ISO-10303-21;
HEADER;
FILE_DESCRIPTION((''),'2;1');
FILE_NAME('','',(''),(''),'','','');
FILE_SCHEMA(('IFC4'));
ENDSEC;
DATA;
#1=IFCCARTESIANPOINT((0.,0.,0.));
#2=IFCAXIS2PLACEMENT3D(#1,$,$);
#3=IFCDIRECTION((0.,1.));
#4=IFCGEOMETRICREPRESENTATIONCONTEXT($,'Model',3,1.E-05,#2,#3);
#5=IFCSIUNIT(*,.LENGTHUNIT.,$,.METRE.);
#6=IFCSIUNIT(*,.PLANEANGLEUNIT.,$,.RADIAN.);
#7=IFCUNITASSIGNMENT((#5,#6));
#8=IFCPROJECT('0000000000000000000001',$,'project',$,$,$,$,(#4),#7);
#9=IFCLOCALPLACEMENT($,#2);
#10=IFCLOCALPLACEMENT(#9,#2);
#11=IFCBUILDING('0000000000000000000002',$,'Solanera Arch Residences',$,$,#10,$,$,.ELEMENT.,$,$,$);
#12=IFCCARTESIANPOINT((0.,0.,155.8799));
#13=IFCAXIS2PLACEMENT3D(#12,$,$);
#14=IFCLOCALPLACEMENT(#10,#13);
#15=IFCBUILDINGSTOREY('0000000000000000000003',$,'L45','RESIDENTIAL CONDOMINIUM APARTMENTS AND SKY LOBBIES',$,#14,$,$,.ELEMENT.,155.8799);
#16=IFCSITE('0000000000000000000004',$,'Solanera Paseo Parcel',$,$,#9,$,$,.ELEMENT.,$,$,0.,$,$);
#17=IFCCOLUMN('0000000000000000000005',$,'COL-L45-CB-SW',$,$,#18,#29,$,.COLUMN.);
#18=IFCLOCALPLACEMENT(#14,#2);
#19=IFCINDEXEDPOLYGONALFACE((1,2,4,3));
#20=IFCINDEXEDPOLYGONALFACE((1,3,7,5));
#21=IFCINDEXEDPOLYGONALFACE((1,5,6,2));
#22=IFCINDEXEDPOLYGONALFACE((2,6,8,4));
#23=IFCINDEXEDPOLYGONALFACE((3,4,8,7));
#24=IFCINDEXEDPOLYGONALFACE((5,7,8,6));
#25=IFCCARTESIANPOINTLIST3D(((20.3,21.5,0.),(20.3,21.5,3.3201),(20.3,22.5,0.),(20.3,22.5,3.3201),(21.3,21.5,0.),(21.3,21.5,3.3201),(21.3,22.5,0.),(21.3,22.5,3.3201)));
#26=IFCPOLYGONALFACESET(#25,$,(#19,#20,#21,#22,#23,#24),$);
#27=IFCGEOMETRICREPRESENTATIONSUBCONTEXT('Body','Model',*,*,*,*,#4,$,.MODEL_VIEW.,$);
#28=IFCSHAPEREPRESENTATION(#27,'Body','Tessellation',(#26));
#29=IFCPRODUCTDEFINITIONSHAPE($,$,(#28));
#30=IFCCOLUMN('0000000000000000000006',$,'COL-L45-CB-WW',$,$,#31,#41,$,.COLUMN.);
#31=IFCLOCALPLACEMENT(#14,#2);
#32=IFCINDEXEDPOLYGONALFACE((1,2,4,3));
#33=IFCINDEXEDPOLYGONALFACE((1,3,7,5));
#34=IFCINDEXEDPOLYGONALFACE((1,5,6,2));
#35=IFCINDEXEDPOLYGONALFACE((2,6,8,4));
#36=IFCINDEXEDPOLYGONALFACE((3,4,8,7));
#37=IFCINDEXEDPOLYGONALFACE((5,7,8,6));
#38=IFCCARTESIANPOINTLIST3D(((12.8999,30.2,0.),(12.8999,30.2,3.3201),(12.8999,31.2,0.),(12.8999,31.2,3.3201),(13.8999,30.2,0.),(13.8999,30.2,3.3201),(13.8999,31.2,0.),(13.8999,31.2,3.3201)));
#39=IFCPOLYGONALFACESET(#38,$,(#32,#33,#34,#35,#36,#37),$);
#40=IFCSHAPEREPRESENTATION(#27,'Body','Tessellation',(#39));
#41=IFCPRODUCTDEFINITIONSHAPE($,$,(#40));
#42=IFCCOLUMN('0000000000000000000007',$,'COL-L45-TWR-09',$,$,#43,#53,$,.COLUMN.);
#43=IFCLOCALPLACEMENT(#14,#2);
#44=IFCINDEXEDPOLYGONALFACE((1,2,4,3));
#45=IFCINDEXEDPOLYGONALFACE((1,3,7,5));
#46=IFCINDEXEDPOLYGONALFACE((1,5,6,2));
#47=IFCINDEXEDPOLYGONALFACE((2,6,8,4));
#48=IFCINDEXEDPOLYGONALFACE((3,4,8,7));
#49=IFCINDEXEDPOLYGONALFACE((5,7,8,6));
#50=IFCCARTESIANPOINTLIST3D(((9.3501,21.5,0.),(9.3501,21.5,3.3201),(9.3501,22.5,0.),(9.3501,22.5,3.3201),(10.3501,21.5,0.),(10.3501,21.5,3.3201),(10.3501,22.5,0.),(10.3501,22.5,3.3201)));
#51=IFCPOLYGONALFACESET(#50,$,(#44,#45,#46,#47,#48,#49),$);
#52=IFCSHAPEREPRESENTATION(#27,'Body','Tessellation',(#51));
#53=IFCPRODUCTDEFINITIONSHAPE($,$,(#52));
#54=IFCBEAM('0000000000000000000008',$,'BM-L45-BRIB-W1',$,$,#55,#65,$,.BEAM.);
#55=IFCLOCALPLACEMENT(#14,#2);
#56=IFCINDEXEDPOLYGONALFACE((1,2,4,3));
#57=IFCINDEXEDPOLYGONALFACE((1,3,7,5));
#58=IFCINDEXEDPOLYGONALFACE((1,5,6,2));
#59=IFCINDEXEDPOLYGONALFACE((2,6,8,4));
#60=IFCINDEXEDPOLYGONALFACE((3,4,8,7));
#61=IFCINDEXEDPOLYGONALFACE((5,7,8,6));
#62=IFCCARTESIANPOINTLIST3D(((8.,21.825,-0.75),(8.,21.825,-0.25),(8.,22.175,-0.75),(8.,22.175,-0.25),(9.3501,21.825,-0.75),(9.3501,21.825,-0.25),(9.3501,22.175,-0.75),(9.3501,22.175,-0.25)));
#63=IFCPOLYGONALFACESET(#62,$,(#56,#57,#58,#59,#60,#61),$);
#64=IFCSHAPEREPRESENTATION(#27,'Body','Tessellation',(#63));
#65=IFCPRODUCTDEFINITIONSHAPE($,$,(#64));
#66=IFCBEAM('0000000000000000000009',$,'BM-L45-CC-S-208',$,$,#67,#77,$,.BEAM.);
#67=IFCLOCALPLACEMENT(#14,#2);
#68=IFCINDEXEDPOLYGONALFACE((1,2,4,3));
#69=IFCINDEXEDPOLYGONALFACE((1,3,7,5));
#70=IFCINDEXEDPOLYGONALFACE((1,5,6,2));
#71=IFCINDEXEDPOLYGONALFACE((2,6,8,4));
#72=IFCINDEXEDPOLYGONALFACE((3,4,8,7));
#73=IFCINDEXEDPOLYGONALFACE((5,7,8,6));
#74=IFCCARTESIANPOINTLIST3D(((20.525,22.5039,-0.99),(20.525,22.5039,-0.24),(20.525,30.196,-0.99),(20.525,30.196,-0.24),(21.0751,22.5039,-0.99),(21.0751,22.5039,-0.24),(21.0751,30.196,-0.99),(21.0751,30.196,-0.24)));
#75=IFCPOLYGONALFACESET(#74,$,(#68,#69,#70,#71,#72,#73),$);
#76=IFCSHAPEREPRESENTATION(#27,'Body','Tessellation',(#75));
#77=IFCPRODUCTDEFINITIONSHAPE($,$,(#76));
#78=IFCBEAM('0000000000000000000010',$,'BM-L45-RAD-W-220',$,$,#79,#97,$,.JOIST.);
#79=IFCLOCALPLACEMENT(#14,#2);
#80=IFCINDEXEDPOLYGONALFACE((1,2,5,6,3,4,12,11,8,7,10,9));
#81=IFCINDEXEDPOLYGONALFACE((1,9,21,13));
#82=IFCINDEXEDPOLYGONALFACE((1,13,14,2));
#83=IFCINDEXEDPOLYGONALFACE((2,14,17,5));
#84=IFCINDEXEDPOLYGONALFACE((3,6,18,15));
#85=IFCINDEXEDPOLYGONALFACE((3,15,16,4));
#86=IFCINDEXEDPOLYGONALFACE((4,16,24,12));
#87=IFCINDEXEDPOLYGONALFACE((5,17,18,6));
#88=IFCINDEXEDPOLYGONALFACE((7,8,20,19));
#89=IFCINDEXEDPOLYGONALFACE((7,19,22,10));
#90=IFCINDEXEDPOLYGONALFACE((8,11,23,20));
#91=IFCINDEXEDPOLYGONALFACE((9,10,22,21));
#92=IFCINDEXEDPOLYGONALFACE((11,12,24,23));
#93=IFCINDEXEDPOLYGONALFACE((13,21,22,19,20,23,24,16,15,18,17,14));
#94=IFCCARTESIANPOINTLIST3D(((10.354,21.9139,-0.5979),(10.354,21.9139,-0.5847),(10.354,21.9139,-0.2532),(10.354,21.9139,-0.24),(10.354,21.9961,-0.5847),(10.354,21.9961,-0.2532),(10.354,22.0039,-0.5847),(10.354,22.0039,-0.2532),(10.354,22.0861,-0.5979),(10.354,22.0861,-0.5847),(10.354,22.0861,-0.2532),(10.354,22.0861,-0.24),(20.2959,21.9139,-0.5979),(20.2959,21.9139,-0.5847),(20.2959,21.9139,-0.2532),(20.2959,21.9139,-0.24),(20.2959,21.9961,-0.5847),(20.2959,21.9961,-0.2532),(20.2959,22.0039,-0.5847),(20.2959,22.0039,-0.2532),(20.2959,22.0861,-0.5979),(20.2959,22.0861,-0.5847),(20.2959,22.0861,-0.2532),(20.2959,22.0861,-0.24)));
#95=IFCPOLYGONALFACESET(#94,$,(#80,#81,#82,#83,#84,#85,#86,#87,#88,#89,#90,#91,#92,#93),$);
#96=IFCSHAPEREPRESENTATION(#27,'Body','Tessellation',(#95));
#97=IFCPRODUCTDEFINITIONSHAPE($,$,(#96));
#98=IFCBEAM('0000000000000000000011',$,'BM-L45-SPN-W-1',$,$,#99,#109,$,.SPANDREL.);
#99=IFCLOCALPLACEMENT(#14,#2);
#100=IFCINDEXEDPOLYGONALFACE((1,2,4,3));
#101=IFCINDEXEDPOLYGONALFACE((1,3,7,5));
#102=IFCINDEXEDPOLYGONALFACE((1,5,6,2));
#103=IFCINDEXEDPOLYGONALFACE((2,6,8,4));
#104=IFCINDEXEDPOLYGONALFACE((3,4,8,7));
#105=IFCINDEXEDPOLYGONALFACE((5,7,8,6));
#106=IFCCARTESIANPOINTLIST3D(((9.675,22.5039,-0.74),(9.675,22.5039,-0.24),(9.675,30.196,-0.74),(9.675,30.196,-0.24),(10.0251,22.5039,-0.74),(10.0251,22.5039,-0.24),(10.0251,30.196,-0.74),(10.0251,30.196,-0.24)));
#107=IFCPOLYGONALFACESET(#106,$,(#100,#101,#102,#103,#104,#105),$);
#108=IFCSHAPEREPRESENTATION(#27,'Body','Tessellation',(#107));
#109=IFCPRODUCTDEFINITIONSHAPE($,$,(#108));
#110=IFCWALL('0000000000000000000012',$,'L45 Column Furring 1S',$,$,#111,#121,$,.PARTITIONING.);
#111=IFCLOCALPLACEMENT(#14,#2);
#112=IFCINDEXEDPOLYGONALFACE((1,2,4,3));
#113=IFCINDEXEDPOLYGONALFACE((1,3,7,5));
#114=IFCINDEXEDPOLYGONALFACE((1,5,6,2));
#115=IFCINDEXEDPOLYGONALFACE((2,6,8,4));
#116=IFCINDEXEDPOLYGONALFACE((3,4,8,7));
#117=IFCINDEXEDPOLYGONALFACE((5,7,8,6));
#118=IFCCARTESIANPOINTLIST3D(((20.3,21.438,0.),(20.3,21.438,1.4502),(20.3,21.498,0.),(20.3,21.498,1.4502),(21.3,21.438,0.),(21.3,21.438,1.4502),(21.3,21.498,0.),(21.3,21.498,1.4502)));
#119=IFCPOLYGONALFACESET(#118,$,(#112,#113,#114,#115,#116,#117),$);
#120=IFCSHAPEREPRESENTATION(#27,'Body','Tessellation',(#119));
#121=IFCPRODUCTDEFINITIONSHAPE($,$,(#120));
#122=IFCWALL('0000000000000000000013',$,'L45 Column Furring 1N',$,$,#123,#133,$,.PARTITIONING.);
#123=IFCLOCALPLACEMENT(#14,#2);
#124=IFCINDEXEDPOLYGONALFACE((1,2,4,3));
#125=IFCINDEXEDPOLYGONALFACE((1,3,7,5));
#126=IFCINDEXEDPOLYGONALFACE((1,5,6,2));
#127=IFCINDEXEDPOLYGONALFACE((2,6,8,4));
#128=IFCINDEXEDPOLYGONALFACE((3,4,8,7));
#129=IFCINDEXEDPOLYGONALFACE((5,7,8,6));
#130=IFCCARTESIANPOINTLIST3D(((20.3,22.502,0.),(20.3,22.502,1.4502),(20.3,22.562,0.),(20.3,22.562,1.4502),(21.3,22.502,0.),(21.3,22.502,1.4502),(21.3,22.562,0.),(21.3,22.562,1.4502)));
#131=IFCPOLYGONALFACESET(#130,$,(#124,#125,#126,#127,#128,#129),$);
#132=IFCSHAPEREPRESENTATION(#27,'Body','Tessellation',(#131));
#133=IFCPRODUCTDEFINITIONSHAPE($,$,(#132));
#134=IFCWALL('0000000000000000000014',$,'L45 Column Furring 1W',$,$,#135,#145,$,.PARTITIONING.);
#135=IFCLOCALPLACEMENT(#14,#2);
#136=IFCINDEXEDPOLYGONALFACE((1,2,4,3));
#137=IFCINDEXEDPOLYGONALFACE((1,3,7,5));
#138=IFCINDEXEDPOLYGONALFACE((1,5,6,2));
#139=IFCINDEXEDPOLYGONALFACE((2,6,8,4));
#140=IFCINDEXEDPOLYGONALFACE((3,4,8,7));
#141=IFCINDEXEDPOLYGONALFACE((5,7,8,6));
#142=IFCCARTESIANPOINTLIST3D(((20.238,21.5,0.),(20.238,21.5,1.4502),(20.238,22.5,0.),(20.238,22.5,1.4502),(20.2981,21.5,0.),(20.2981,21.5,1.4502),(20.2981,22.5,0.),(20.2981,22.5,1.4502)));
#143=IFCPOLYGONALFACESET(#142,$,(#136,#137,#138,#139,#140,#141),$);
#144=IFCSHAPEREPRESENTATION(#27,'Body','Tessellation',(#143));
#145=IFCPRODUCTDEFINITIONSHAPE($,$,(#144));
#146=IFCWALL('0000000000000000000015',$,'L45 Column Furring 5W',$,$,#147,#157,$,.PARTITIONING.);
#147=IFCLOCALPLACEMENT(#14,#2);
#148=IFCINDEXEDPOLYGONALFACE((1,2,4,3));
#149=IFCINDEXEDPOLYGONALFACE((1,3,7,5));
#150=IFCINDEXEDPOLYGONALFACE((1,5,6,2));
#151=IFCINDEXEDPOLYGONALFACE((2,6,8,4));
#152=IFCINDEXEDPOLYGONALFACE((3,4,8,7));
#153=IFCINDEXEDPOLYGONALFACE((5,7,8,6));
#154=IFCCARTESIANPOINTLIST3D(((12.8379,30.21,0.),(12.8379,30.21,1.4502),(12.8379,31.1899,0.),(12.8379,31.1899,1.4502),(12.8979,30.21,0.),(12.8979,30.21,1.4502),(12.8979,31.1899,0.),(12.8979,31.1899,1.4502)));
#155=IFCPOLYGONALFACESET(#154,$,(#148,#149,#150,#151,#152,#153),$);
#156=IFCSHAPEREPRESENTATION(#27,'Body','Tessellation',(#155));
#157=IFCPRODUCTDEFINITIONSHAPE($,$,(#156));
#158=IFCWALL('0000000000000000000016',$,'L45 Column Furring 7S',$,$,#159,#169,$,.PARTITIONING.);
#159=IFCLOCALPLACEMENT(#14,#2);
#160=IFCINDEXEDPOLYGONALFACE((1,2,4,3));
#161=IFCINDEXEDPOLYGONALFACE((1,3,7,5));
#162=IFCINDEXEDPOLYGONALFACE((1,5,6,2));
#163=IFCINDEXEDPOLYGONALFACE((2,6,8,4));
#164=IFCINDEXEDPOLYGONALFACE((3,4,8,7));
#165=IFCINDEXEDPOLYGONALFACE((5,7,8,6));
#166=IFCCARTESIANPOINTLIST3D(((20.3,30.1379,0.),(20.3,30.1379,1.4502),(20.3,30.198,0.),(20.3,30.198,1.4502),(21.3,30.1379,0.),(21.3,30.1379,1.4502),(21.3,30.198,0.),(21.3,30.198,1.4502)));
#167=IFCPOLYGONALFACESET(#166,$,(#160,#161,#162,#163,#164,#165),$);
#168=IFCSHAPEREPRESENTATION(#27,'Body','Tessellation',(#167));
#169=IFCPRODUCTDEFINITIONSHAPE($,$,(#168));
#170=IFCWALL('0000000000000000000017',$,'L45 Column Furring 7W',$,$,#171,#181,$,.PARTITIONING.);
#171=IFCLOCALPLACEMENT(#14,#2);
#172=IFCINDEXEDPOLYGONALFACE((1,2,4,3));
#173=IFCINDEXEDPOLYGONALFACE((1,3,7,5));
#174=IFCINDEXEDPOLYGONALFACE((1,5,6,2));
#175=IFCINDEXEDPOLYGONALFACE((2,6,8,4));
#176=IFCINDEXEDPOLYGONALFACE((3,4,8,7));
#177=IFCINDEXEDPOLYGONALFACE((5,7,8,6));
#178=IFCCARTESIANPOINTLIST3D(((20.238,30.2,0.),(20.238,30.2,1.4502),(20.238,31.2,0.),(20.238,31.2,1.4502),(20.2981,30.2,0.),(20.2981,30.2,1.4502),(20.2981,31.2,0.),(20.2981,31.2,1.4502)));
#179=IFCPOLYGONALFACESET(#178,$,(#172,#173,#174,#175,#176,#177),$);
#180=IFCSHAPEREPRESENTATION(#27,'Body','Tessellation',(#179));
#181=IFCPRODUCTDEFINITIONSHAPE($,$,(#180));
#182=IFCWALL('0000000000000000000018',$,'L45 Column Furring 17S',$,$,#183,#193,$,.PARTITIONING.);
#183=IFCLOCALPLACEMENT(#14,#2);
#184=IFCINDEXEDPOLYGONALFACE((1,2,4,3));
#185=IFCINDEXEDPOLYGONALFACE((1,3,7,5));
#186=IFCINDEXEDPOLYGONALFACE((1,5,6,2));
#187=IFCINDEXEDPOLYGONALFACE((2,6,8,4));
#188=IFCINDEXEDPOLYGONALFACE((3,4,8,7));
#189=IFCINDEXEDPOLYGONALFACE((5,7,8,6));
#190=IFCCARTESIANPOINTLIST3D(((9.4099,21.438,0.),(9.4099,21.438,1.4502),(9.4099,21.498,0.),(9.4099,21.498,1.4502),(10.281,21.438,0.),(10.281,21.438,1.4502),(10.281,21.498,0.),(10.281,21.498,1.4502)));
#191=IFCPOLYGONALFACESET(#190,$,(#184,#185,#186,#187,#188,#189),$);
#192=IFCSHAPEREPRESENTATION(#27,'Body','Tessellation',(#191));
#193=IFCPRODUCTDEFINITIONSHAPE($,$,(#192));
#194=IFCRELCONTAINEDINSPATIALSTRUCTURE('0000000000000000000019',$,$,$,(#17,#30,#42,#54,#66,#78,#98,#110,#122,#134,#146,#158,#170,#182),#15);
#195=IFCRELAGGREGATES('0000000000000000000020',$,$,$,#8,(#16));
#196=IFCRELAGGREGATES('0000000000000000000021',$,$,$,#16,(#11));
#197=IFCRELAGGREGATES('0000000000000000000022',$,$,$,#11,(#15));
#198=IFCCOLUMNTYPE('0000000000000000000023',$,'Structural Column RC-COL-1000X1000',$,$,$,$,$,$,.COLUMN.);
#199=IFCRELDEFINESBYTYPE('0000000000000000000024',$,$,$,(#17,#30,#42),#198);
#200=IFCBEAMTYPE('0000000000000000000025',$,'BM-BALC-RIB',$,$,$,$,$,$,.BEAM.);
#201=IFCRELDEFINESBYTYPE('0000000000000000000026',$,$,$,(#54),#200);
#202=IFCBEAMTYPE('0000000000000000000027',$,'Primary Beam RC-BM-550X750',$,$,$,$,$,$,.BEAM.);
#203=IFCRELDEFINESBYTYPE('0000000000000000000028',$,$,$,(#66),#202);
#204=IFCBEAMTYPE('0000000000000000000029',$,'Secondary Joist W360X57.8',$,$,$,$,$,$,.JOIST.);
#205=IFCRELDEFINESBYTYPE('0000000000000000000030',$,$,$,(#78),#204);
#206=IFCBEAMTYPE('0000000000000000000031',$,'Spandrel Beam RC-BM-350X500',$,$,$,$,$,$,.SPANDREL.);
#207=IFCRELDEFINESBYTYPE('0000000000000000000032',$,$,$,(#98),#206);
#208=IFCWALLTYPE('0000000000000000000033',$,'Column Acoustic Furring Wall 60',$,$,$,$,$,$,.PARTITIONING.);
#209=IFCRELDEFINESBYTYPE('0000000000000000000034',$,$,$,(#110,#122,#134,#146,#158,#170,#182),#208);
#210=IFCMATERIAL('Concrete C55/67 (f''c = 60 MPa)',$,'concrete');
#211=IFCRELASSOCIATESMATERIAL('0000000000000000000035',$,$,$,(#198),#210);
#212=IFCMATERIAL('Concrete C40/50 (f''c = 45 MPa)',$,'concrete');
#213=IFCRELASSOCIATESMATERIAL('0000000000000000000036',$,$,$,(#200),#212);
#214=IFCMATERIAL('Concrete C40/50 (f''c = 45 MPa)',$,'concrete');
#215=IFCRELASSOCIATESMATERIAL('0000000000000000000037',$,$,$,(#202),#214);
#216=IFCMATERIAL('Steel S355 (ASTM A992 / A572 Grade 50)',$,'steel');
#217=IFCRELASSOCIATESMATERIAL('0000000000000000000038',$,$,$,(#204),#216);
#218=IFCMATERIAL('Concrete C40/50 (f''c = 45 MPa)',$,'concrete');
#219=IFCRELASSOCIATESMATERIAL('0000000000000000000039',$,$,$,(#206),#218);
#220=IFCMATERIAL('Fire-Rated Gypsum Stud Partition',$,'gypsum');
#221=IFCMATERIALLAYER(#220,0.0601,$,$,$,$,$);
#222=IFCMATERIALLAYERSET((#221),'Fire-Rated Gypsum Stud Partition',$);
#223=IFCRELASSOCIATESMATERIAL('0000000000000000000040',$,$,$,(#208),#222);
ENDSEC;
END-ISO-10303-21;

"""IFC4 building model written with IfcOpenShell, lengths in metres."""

from ifc_helpers import new_model, si_unit, direction, frame, frame_2d, origin, origin_2d, place, context, subcontext, project, spatial, rectangle, i_section, extrude, material, layer, layer_set, material_profile, profile_set, type_object, element, save


model = new_model("IFC4")

# Units and contexts
model_context = context("Model", 3, precision=1e-05, world=origin(), true_north=direction((0.0, 1.0)))
body_context = subcontext(model_context, "Body", "Model", "MODEL_VIEW")
ifc_project = project(units=[si_unit("LENGTHUNIT", "METRE"), si_unit("PLANEANGLEUNIT", "RADIAN")], contexts=[model_context])

# Site, building, storey
site_placement = place(None, origin())
site = spatial("IfcSite", under=ifc_project, at=site_placement, Name="Solanera Paseo Parcel", CompositionType="ELEMENT", RefElevation=0.0)
building_placement = place(site_placement, origin())
building = spatial("IfcBuilding", under=site, at=building_placement, Name="Solanera Arch Residences", CompositionType="ELEMENT")
storey_placement = place(building_placement, frame((0.0, 0.0, 155.8799)))
storey = spatial("IfcBuildingStorey", under=building, at=storey_placement, Name="L45", Description="RESIDENTIAL CONDOMINIUM APARTMENTS AND SKY LOBBIES", CompositionType="ELEMENT", Elevation=155.8799)

# Columns
ifc_material_1 = material(Name="Concrete C55/67 (f'c = 60 MPa)", Category="concrete")
ifc_material_profile_1 = material_profile(ifc_material_1, rectangle(XDim=1.0, YDim=1.0, at=origin_2d()))
ifc_profile_set_1 = profile_set([ifc_material_profile_1], Name="Concrete C55/67 (f'c = 60 MPa)")
column_type = type_object("IfcColumnType", Name="Structural Column RC-COL-1000X1000", PredefinedType="COLUMN", material=ifc_profile_set_1)
for number, where, z_axis, x_axis, name in (
    (1, (20.8, 22.0, 0.0), (0.0, 0.0, 1.0), (1.0, 0.0, 0.0), "COL-L45-CB-SW"),
    (2, (13.3999, 30.7, 0.0), (0.0, 0.0, 1.0), (1.0, 0.0, 0.0), "COL-L45-CB-WW"),
    (3, (9.8501, 22.0, 0.0), (0.0, 0.0, 1.0), (1.0, 0.0, 0.0), "COL-L45-TWR-09"),
):
    element("IfcColumn", number, at=place(storey_placement, frame(where, z_axis=z_axis, x_axis=x_axis)), inside=storey, type_object=column_type, Name=name, PredefinedType="COLUMN", context=body_context, shape_type="SweptSolid", body=[
        extrude(rectangle(XDim=1.0, YDim=1.0, at=origin_2d()), origin(), (0.0, 0.0, 1.0), 3.3201),
    ])

# Beams
ifc_material_2 = material(Name="Concrete C40/50 (f'c = 45 MPa)", Category="concrete")
ifc_material_profile_2 = material_profile(ifc_material_2, rectangle(XDim=0.3501, YDim=0.5, at=origin_2d()))
ifc_profile_set_2 = profile_set([ifc_material_profile_2], Name="Concrete C40/50 (f'c = 45 MPa)")
beam_type_1 = type_object("IfcBeamType", Name="BM-BALC-RIB", PredefinedType="BEAM", material=ifc_profile_set_2)
beam_1_placement = place(storey_placement, frame((8.0, 22.0, -0.5), z_axis=(1.0, 0.0, 0.0), x_axis=(0.0, 1.0, 0.0)))
element("IfcBeam", 4, at=beam_1_placement, inside=storey, type_object=beam_type_1, Name="BM-L45-BRIB-W1", PredefinedType="BEAM", context=body_context, shape_type="SweptSolid", body=[
    extrude(rectangle(XDim=0.3501, YDim=0.5, at=origin_2d()), origin(), (0.0, 0.0, 1.0), 1.3501),
])
ifc_material_3 = material(Name="Concrete C40/50 (f'c = 45 MPa)", Category="concrete")
ifc_material_profile_3 = material_profile(ifc_material_3, rectangle(XDim=0.55, YDim=0.75, at=origin_2d()))
ifc_profile_set_3 = profile_set([ifc_material_profile_3], Name="Concrete C40/50 (f'c = 45 MPa)")
beam_type_2 = type_object("IfcBeamType", Name="Primary Beam RC-BM-550X750", PredefinedType="BEAM", material=ifc_profile_set_3)
beam_2_placement = place(storey_placement, frame((20.8, 22.5039, -0.615), z_axis=(0.0, 1.0, 0.0), x_axis=(-1.0, 0.0, 0.0)))
element("IfcBeam", 5, at=beam_2_placement, inside=storey, type_object=beam_type_2, Name="BM-L45-CC-S-208", PredefinedType="BEAM", context=body_context, shape_type="SweptSolid", body=[
    extrude(rectangle(XDim=0.55, YDim=0.75, at=origin_2d()), origin(), (0.0, 0.0, 1.0), 7.6921),
])
ifc_material_4 = material(Name="Steel S355 (ASTM A992 / A572 Grade 50)", Category="steel")
ifc_material_profile_4 = material_profile(ifc_material_4, i_section(OverallWidth=0.1721, OverallDepth=0.3579, WebThickness=0.0078, FlangeThickness=0.0132, at=origin_2d()))
ifc_profile_set_4 = profile_set([ifc_material_profile_4], Name="Steel S355 (ASTM A992 / A572 Grade 50)")
beam_type_3 = type_object("IfcBeamType", Name="Secondary Joist W360X57.8", PredefinedType="JOIST", material=ifc_profile_set_4)
beam_3_placement = place(storey_placement, frame((10.354, 22.0, -0.4189), z_axis=(1.0, 0.0, 0.0), x_axis=(0.0, 1.0, 0.0)))
element("IfcBeam", 6, at=beam_3_placement, inside=storey, type_object=beam_type_3, Name="BM-L45-RAD-W-220", PredefinedType="JOIST", context=body_context, shape_type="SweptSolid", body=[
    extrude(i_section(OverallWidth=0.1721, OverallDepth=0.3579, WebThickness=0.0078, FlangeThickness=0.0132, at=origin_2d()), origin(), (0.0, 0.0, 1.0), 9.9419),
])
ifc_material_5 = material(Name="Concrete C40/50 (f'c = 45 MPa)", Category="concrete")
ifc_material_profile_5 = material_profile(ifc_material_5, rectangle(XDim=0.3501, YDim=0.5, at=origin_2d()))
ifc_profile_set_5 = profile_set([ifc_material_profile_5], Name="Concrete C40/50 (f'c = 45 MPa)")
beam_type_4 = type_object("IfcBeamType", Name="Spandrel Beam RC-BM-350X500", PredefinedType="SPANDREL", material=ifc_profile_set_5)
beam_4_placement = place(storey_placement, frame((9.8501, 22.5039, -0.49), z_axis=(0.0, 1.0, 0.0), x_axis=(-1.0, 0.0, 0.0)))
element("IfcBeam", 7, at=beam_4_placement, inside=storey, type_object=beam_type_4, Name="BM-L45-SPN-W-1", PredefinedType="SPANDREL", context=body_context, shape_type="SweptSolid", body=[
    extrude(rectangle(XDim=0.3501, YDim=0.5, at=origin_2d()), origin(), (0.0, 0.0, 1.0), 7.6921),
])

# Walls
ifc_material_6 = material(Name="Fire-Rated Gypsum Stud Partition", Category="gypsum")
ifc_layer_1 = layer(ifc_material_6, 0.0601)
ifc_layer_set_1 = layer_set([ifc_layer_1], Name="Fire-Rated Gypsum Stud Partition")
wall_type_1 = type_object("IfcWallType", Name="Column Acoustic Furring Wall 60", PredefinedType="PARTITIONING", material=ifc_layer_set_1)
for number, where, z_axis, x_axis, name in (
    (8, (20.3, 21.468, 0.0), (0.0, 0.0, 1.0), (1.0, 0.0, 0.0), "L45 Column Furring 1S"),
    (9, (20.3, 22.532, 0.0), (0.0, 0.0, 1.0), (1.0, 0.0, 0.0), "L45 Column Furring 1N"),
    (10, (20.2681, 21.5, 0.0), (0.0, 0.0, 1.0), (0.0, 1.0, 0.0), "L45 Column Furring 1W"),
):
    element("IfcWall", number, at=place(storey_placement, frame(where, z_axis=z_axis, x_axis=x_axis)), inside=storey, type_object=wall_type_1, Name=name, PredefinedType="PARTITIONING", context=body_context, shape_type="SweptSolid", body=[
        extrude(rectangle(XDim=1.0, YDim=0.0601, at=frame_2d((0.5, 0.0))), origin(), (0.0, 0.0, 1.0), 1.4502),
    ])
wall_1_placement = place(storey_placement, frame((12.8679, 30.21, 0.0), z_axis=(0.0, 0.0, 1.0), x_axis=(0.0, 1.0, 0.0)))
element("IfcWall", 11, at=wall_1_placement, inside=storey, type_object=wall_type_1, Name="L45 Column Furring 5W", PredefinedType="PARTITIONING", context=body_context, shape_type="SweptSolid", body=[
    extrude(rectangle(XDim=0.98, YDim=0.0601, at=frame_2d((0.49, 0.0))), origin(), (0.0, 0.0, 1.0), 1.4502),
])
for number, where, z_axis, x_axis, name in (
    (12, (20.3, 30.168, 0.0), (0.0, 0.0, 1.0), (1.0, 0.0, 0.0), "L45 Column Furring 7S"),
    (13, (20.2681, 30.2, 0.0), (0.0, 0.0, 1.0), (0.0, 1.0, 0.0), "L45 Column Furring 7W"),
):
    element("IfcWall", number, at=place(storey_placement, frame(where, z_axis=z_axis, x_axis=x_axis)), inside=storey, type_object=wall_type_1, Name=name, PredefinedType="PARTITIONING", context=body_context, shape_type="SweptSolid", body=[
        extrude(rectangle(XDim=1.0, YDim=0.0601, at=frame_2d((0.5, 0.0))), origin(), (0.0, 0.0, 1.0), 1.4502),
    ])
wall_2_placement = place(storey_placement, frame((9.4099, 21.468, 0.0), z_axis=(0.0, 0.0, 1.0), x_axis=(1.0, 0.0, 0.0)))
element("IfcWall", 14, at=wall_2_placement, inside=storey, type_object=wall_type_1, Name="L45 Column Furring 17S", PredefinedType="PARTITIONING", context=body_context, shape_type="SweptSolid", body=[
    extrude(rectangle(XDim=0.8711, YDim=0.0601, at=frame_2d((0.4355, 0.0))), origin(), (0.0, 0.0, 1.0), 1.4502),
])

save(model, "model.ifc")
